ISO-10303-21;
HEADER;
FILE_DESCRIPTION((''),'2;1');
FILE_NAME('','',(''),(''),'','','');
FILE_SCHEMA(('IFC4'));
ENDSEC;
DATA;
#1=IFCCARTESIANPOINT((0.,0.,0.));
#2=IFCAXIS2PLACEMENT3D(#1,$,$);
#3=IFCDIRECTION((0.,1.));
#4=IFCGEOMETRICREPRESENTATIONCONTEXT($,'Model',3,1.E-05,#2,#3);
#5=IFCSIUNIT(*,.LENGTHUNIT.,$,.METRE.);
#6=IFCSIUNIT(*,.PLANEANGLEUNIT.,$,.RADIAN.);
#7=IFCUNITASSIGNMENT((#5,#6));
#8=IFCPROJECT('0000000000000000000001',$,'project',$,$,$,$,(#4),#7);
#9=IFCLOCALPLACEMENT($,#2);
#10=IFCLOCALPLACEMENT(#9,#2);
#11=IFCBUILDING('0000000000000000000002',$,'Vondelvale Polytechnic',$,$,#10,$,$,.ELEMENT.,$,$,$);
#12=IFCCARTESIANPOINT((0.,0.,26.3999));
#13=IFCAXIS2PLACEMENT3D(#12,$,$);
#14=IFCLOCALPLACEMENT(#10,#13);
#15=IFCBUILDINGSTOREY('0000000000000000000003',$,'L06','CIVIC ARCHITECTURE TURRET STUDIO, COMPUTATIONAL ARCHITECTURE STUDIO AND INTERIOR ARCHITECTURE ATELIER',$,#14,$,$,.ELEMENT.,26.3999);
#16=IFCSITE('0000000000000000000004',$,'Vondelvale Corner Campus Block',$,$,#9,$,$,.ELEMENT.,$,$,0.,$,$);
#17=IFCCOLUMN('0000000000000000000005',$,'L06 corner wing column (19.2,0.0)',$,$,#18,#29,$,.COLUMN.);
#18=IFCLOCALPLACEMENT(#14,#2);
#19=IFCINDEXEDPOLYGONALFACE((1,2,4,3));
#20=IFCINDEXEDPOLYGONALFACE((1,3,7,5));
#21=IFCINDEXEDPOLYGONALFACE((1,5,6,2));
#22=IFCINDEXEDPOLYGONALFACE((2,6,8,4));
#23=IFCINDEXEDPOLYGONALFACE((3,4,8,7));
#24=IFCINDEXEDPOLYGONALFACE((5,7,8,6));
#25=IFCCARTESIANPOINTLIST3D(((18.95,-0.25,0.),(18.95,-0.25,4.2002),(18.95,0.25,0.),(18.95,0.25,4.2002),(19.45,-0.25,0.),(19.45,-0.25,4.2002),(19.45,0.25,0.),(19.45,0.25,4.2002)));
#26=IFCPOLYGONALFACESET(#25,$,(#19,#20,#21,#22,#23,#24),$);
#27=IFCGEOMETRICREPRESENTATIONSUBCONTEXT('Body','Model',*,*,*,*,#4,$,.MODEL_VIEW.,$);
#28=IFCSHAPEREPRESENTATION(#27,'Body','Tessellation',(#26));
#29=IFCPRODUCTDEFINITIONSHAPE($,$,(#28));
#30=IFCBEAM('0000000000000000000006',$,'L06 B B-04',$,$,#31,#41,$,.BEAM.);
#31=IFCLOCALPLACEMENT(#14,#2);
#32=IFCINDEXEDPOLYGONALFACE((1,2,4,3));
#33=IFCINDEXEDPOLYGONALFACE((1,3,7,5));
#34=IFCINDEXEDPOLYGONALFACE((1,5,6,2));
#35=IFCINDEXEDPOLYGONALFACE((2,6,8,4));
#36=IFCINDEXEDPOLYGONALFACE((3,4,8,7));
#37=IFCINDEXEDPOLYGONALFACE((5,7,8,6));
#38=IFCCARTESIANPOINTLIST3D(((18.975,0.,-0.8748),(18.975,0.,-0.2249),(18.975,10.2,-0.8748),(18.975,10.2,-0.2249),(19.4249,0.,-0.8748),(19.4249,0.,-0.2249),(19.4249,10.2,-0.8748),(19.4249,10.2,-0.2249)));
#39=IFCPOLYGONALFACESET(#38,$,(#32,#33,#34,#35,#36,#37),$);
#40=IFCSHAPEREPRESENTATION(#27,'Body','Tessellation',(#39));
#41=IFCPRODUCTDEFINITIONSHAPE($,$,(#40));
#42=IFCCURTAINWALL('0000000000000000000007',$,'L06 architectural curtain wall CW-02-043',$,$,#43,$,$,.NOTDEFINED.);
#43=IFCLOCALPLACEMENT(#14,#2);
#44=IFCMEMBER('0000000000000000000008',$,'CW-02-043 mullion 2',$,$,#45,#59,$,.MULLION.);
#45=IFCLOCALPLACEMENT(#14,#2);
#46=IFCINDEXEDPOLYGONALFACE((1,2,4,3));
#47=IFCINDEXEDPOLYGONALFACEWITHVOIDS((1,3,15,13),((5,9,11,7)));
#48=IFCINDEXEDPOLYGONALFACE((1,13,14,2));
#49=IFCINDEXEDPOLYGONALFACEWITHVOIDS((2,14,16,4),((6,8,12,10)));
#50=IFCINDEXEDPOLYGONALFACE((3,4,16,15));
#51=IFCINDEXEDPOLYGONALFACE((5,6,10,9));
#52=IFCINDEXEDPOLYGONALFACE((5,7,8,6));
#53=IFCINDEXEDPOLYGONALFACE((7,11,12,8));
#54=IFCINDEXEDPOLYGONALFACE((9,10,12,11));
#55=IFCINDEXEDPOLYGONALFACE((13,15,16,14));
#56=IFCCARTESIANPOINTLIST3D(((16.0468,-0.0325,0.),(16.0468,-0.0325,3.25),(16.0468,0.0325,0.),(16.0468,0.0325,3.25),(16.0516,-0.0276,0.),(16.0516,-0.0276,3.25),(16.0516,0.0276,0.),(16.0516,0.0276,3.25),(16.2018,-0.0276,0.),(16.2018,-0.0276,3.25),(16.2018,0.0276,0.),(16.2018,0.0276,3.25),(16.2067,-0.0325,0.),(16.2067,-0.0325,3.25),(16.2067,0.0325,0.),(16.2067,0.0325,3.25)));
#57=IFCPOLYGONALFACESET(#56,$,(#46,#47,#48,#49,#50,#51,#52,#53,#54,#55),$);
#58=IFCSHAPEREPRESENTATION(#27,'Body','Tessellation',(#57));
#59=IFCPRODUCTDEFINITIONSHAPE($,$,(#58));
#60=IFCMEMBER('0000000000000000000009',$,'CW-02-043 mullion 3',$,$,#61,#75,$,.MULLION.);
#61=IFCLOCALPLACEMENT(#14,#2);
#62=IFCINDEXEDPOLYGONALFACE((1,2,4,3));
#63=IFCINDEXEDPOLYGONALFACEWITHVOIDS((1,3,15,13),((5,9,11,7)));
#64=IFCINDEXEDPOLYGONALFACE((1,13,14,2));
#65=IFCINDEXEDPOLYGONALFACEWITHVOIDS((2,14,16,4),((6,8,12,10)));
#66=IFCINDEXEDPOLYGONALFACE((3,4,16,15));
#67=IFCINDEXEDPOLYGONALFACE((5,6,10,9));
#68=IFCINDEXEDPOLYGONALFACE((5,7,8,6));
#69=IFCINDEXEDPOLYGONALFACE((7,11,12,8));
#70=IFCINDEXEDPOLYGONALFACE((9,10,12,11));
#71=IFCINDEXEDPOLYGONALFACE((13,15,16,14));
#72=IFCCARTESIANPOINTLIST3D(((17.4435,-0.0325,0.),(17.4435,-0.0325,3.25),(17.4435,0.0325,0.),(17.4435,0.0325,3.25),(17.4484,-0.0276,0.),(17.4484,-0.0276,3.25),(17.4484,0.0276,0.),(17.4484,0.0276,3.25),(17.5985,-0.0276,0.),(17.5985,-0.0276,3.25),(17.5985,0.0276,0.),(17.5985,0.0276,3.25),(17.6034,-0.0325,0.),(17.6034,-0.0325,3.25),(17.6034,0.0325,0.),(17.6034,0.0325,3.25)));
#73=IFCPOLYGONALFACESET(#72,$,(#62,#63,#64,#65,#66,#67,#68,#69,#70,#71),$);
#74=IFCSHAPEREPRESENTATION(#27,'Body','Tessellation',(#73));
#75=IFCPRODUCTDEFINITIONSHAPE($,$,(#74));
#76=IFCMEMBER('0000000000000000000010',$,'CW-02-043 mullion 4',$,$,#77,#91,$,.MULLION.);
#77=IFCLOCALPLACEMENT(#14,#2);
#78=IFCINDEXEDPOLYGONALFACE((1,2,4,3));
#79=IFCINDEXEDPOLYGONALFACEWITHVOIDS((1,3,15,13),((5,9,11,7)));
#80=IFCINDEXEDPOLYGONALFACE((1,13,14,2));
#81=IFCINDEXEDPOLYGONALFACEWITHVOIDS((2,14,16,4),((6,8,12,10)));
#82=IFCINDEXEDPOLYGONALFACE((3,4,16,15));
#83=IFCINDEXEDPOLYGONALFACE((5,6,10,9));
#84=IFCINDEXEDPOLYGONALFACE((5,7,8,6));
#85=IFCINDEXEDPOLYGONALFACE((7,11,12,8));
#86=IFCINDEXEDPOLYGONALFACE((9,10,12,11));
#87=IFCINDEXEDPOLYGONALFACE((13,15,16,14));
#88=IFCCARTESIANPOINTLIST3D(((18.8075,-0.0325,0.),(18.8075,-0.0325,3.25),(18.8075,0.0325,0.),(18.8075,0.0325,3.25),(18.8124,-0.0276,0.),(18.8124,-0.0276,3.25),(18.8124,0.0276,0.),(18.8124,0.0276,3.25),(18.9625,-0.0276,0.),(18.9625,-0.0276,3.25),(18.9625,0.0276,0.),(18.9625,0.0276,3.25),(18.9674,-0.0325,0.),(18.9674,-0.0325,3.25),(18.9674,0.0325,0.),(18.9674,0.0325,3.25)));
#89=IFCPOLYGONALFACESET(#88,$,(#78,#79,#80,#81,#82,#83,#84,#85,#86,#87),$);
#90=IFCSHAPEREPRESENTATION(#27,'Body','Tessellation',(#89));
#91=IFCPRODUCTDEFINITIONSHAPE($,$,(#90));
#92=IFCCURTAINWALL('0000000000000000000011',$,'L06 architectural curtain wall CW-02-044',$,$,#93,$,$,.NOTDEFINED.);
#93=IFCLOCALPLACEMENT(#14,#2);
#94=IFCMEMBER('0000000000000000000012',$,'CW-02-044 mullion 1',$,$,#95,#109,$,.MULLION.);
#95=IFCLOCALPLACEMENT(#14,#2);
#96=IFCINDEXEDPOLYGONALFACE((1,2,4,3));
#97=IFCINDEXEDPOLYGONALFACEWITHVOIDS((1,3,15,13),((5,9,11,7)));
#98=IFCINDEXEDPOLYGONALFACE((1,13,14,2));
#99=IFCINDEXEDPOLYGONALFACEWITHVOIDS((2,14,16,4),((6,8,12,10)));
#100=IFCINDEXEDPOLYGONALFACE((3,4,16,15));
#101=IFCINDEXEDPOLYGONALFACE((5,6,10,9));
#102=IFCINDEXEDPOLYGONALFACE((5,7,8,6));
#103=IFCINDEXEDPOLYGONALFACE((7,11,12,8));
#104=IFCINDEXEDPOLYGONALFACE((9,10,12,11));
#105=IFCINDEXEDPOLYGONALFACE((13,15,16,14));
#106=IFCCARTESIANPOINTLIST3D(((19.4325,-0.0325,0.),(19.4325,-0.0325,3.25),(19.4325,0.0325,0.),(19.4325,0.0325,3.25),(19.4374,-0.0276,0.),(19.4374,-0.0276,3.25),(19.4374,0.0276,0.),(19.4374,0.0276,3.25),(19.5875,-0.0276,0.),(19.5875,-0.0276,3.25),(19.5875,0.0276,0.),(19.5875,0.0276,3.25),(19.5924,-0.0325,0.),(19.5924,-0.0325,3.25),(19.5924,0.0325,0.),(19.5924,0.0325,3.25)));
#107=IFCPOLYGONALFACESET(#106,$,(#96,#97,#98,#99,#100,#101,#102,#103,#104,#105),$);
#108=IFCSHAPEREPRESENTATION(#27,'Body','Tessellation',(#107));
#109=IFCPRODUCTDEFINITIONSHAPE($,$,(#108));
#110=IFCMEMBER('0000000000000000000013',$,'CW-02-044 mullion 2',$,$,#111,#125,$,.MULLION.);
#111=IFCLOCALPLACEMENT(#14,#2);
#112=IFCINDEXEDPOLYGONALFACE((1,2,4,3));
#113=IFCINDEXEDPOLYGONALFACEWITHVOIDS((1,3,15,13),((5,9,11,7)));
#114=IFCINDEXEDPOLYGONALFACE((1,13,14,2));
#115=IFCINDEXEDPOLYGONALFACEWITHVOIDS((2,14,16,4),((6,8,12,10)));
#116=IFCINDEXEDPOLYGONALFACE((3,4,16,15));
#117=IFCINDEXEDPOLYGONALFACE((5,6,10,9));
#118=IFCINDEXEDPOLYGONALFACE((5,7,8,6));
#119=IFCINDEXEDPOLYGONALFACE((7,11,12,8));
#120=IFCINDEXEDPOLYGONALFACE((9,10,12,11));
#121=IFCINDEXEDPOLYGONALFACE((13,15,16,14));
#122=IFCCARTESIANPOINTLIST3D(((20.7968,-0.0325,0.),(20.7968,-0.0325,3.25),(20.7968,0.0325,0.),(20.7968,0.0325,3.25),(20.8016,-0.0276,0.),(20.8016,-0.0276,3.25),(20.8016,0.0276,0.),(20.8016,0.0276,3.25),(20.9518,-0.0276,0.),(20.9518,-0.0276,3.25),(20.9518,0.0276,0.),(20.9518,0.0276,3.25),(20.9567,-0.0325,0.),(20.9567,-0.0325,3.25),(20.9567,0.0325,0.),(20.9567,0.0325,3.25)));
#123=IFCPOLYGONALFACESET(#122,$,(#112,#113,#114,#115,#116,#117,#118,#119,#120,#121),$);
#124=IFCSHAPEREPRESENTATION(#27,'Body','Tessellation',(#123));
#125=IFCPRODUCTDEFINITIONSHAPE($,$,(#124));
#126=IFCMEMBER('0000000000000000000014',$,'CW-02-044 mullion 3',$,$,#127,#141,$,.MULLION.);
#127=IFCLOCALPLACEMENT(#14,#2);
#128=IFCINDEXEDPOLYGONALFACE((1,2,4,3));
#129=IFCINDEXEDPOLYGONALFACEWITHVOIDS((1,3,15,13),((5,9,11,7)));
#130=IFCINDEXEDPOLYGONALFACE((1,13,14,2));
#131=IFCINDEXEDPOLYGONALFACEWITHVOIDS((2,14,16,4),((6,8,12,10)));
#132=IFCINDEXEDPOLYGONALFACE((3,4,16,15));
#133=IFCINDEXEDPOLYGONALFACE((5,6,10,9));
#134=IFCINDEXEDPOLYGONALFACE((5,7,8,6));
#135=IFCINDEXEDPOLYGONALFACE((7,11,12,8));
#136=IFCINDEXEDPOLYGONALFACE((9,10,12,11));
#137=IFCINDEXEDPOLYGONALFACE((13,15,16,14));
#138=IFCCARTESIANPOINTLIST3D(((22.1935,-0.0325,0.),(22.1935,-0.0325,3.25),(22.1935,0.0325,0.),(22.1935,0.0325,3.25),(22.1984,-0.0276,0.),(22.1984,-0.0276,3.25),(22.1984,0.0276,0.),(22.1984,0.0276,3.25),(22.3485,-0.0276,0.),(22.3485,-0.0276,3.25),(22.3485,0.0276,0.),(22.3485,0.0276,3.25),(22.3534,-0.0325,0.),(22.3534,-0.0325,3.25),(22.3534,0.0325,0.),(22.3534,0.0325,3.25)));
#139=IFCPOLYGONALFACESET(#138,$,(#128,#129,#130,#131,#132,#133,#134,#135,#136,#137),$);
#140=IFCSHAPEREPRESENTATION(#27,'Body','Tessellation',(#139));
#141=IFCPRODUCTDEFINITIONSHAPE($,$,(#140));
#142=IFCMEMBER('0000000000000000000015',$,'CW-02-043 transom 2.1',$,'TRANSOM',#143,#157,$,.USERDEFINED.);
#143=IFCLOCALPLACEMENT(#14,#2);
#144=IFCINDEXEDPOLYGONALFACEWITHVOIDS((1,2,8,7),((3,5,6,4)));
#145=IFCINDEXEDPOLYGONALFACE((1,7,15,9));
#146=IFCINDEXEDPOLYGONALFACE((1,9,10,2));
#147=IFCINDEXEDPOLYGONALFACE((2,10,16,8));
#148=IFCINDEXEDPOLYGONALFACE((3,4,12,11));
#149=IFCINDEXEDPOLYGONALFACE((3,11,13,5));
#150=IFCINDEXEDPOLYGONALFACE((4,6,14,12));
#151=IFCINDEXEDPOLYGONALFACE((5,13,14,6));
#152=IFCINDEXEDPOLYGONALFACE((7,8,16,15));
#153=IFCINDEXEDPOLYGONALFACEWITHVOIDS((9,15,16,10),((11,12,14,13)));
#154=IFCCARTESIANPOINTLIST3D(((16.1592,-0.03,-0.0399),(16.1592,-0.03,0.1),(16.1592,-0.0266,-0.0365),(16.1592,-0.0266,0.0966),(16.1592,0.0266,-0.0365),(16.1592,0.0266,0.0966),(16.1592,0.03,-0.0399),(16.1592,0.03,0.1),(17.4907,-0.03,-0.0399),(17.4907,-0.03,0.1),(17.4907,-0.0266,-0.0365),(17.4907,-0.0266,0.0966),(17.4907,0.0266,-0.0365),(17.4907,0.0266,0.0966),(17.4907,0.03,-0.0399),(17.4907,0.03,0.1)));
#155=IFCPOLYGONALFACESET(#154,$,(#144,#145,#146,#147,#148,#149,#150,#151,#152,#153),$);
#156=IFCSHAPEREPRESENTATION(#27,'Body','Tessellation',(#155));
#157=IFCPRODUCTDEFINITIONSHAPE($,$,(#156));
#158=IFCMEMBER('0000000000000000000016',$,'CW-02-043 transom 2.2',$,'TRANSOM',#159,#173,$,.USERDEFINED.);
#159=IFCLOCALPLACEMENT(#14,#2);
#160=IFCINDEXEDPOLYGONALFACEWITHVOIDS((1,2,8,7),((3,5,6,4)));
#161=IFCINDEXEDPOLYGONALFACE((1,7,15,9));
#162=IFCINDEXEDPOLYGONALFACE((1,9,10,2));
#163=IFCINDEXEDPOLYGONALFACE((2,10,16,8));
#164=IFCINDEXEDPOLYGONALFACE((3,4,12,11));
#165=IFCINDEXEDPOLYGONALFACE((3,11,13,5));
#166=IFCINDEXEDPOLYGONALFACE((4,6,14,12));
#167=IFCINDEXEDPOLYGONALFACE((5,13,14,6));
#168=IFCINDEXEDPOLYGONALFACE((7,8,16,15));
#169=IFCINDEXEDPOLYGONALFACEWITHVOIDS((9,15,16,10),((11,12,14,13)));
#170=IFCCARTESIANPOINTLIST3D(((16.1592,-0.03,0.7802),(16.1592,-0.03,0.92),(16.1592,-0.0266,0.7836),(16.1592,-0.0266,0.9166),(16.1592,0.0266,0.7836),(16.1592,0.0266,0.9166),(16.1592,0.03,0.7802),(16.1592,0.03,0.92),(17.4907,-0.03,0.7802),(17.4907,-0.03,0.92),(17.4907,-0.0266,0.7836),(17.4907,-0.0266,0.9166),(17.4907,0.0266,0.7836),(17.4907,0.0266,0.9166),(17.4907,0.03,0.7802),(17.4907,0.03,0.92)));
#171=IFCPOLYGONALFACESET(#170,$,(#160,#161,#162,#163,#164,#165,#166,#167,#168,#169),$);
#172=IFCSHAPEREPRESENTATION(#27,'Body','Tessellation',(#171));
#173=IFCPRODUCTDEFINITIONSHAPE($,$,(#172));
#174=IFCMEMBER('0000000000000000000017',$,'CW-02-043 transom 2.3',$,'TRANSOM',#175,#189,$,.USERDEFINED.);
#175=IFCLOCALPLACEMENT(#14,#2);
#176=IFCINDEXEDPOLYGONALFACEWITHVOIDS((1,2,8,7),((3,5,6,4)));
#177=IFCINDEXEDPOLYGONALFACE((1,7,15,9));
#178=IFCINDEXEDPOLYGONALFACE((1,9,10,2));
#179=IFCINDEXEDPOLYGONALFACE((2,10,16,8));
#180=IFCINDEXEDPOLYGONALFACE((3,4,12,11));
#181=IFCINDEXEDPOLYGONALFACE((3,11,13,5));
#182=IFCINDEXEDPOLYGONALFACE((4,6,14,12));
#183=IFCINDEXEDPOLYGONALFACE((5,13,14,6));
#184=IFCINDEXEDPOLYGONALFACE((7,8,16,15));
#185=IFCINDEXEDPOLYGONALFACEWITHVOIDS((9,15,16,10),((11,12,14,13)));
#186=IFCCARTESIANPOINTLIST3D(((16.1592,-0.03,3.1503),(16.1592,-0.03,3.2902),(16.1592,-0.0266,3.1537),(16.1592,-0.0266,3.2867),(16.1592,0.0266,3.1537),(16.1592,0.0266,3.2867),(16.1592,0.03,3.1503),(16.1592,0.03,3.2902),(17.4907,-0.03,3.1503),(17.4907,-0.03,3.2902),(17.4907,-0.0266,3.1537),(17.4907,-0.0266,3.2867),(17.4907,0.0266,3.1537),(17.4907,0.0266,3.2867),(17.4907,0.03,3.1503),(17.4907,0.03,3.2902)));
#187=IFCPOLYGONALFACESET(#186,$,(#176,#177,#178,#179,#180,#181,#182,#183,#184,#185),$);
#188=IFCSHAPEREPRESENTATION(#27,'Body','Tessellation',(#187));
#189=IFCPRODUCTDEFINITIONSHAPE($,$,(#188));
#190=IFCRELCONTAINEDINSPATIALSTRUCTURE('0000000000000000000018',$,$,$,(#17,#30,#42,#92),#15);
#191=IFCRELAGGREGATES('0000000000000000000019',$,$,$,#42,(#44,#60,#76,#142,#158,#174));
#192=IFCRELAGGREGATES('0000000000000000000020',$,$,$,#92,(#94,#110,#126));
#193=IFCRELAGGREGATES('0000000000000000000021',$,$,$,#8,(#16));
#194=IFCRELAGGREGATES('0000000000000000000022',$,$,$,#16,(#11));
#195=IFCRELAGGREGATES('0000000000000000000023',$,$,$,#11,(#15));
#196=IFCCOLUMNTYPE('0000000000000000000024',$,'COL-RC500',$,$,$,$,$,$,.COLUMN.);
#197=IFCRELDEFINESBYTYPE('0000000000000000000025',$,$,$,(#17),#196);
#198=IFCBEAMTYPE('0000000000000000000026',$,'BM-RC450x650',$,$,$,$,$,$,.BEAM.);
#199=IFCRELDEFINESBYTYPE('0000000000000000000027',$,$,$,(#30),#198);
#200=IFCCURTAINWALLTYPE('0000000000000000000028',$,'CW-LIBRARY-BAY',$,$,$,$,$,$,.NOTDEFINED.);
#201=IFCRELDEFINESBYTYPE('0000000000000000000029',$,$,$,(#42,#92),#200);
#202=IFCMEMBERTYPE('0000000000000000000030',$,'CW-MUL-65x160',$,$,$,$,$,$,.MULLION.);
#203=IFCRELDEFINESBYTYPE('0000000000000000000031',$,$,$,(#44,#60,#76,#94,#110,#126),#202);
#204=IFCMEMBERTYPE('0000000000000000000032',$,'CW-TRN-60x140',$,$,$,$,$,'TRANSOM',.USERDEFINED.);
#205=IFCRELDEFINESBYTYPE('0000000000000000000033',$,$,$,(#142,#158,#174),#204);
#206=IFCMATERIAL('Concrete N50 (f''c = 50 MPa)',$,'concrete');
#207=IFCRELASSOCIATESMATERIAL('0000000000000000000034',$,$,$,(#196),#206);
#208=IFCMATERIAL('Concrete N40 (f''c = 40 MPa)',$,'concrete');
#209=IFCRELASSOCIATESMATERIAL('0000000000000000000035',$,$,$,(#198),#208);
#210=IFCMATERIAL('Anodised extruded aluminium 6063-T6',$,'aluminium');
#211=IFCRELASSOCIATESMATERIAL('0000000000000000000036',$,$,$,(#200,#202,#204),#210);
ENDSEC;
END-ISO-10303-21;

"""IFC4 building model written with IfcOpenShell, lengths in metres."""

from ifc_helpers import new_model, si_unit, direction, frame, origin, origin_2d, place, context, subcontext, project, spatial, rectangle, hollow_rectangle, extrude, material, material_profile, profile_set, type_object, element, aggregate, save


model = new_model("IFC4")

# Units and contexts
model_context = context("Model", 3, precision=1e-05, world=origin(), true_north=direction((0.0, 1.0)))
body_context = subcontext(model_context, "Body", "Model", "MODEL_VIEW")
ifc_project = project(units=[si_unit("LENGTHUNIT", "METRE"), si_unit("PLANEANGLEUNIT", "RADIAN")], contexts=[model_context])

# Site, building, storey
site_placement = place(None, origin())
site = spatial("IfcSite", under=ifc_project, at=site_placement, Name="Vondelvale Corner Campus Block", CompositionType="ELEMENT", RefElevation=0.0)
building_placement = place(site_placement, origin())
building = spatial("IfcBuilding", under=site, at=building_placement, Name="Vondelvale Polytechnic", CompositionType="ELEMENT")
storey_placement = place(building_placement, frame((0.0, 0.0, 26.3999)))
storey = spatial("IfcBuildingStorey", under=building, at=storey_placement, Name="L06", Description="CIVIC ARCHITECTURE TURRET STUDIO, COMPUTATIONAL ARCHITECTURE STUDIO AND INTERIOR ARCHITECTURE ATELIER", CompositionType="ELEMENT", Elevation=26.3999)

# Column
ifc_material_1 = material(Name="Concrete N50 (f'c = 50 MPa)", Category="concrete")
ifc_material_profile_1 = material_profile(ifc_material_1, rectangle(XDim=0.5, YDim=0.5, at=origin_2d()), Name="RC-COL-500x500")
ifc_profile_set_1 = profile_set([ifc_material_profile_1], Name="Concrete N50 (f'c = 50 MPa)")
column_type = type_object("IfcColumnType", Name="COL-RC500", PredefinedType="COLUMN", material=ifc_profile_set_1)
column_placement = place(storey_placement, frame((19.2, 0.0, 0.0), z_axis=(0.0, 0.0, 1.0), x_axis=(1.0, 0.0, 0.0)))
element("IfcColumn", 1, at=column_placement, inside=storey, type_object=column_type, Name="L06 corner wing column (19.2,0.0)", PredefinedType="COLUMN", context=body_context, shape_type="SweptSolid", body=[
    extrude(rectangle(XDim=0.5, YDim=0.5, at=origin_2d()), origin(), (0.0, 0.0, 1.0), 4.2002),
])

# Beam
ifc_material_2 = material(Name="Concrete N40 (f'c = 40 MPa)", Category="concrete")
ifc_material_profile_2 = material_profile(ifc_material_2, rectangle(XDim=0.45, YDim=0.6499, at=origin_2d()), Name="RC-BM-450x650")
ifc_profile_set_2 = profile_set([ifc_material_profile_2], Name="Concrete N40 (f'c = 40 MPa)")
beam_type_1 = type_object("IfcBeamType", Name="BM-RC450x650", PredefinedType="BEAM", material=ifc_profile_set_2)
beam_1_placement = place(storey_placement, frame((19.2, 0.0, -0.5498), z_axis=(0.0, 1.0, 0.0), x_axis=(-1.0, 0.0, 0.0)))
element("IfcBeam", 2, at=beam_1_placement, inside=storey, type_object=beam_type_1, Name="L06 B B-04", PredefinedType="BEAM", context=body_context, shape_type="SweptSolid", body=[
    extrude(rectangle(XDim=0.45, YDim=0.6499, at=origin_2d()), origin(), (0.0, 0.0, 1.0), 10.2),
])

# Curtain walls, members
ifc_material_3 = material(Name="Anodised extruded aluminium 6063-T6", Category="aluminium")
curtain_wall_type = type_object("IfcCurtainWallType", Name="CW-LIBRARY-BAY", PredefinedType="NOTDEFINED", material=ifc_material_3)
curtain_wall_1_placement = place(storey_placement, origin())
curtain_wall_1 = element("IfcCurtainWall", 3, at=curtain_wall_1_placement, inside=storey, type_object=curtain_wall_type, Name="L06 architectural curtain wall CW-02-043", PredefinedType="NOTDEFINED")
ifc_material_profile_3 = material_profile(ifc_material_3, hollow_rectangle(XDim=0.0649, YDim=0.1599, WallThickness=0.0049, at=origin_2d()), Name="CW-MUL-160x65")
ifc_profile_set_3 = profile_set([ifc_material_profile_3], Name="Anodised extruded aluminium 6063-T6")
member_type_1 = type_object("IfcMemberType", Name="CW-MUL-65x160", PredefinedType="MULLION", material=ifc_profile_set_3)
member_1_placement = place(storey_placement, frame((16.1267, 0.0, 0.0), z_axis=(0.0, 0.0, 1.0), x_axis=(0.0, 1.0, 0.0)))
member_1 = element("IfcMember", 4, at=member_1_placement, type_object=member_type_1, Name="CW-02-043 mullion 2", PredefinedType="MULLION", context=body_context, shape_type="SweptSolid", body=[
    extrude(hollow_rectangle(XDim=0.0649, YDim=0.1599, WallThickness=0.0049, at=origin_2d()), origin(), (0.0, 0.0, 1.0), 3.25),
])
member_2_placement = place(storey_placement, frame((17.5234, 0.0, 0.0), z_axis=(0.0, 0.0, 1.0), x_axis=(0.0, 1.0, 0.0)))
member_2 = element("IfcMember", 5, at=member_2_placement, type_object=member_type_1, Name="CW-02-043 mullion 3", PredefinedType="MULLION", context=body_context, shape_type="SweptSolid", body=[
    extrude(hollow_rectangle(XDim=0.0649, YDim=0.1599, WallThickness=0.0049, at=origin_2d()), origin(), (0.0, 0.0, 1.0), 3.25),
])
member_3_placement = place(storey_placement, frame((18.8875, 0.0, 0.0), z_axis=(0.0, 0.0, 1.0), x_axis=(0.0, 1.0, 0.0)))
member_3 = element("IfcMember", 6, at=member_3_placement, type_object=member_type_1, Name="CW-02-043 mullion 4", PredefinedType="MULLION", context=body_context, shape_type="SweptSolid", body=[
    extrude(hollow_rectangle(XDim=0.0649, YDim=0.1599, WallThickness=0.0049, at=origin_2d()), origin(), (0.0, 0.0, 1.0), 3.25),
])
curtain_wall_2_placement = place(storey_placement, origin())
curtain_wall_2 = element("IfcCurtainWall", 7, at=curtain_wall_2_placement, inside=storey, type_object=curtain_wall_type, Name="L06 architectural curtain wall CW-02-044", PredefinedType="NOTDEFINED")
member_4_placement = place(storey_placement, frame((19.5125, 0.0, 0.0), z_axis=(0.0, 0.0, 1.0), x_axis=(0.0, 1.0, 0.0)))
member_4 = element("IfcMember", 8, at=member_4_placement, type_object=member_type_1, Name="CW-02-044 mullion 1", PredefinedType="MULLION", context=body_context, shape_type="SweptSolid", body=[
    extrude(hollow_rectangle(XDim=0.0649, YDim=0.1599, WallThickness=0.0049, at=origin_2d()), origin(), (0.0, 0.0, 1.0), 3.25),
])
member_5_placement = place(storey_placement, frame((20.8767, 0.0, 0.0), z_axis=(0.0, 0.0, 1.0), x_axis=(0.0, 1.0, 0.0)))
member_5 = element("IfcMember", 9, at=member_5_placement, type_object=member_type_1, Name="CW-02-044 mullion 2", PredefinedType="MULLION", context=body_context, shape_type="SweptSolid", body=[
    extrude(hollow_rectangle(XDim=0.0649, YDim=0.1599, WallThickness=0.0049, at=origin_2d()), origin(), (0.0, 0.0, 1.0), 3.25),
])
member_6_placement = place(storey_placement, frame((22.2734, 0.0, 0.0), z_axis=(0.0, 0.0, 1.0), x_axis=(0.0, 1.0, 0.0)))
member_6 = element("IfcMember", 10, at=member_6_placement, type_object=member_type_1, Name="CW-02-044 mullion 3", PredefinedType="MULLION", context=body_context, shape_type="SweptSolid", body=[
    extrude(hollow_rectangle(XDim=0.0649, YDim=0.1599, WallThickness=0.0049, at=origin_2d()), origin(), (0.0, 0.0, 1.0), 3.25),
])

# Members
ifc_material_profile_4 = material_profile(ifc_material_3, hollow_rectangle(XDim=0.0601, YDim=0.1399, WallThickness=0.0034, at=origin_2d()), Name="CW-TRN-140x60")
ifc_profile_set_4 = profile_set([ifc_material_profile_4], Name="Anodised extruded aluminium 6063-T6")
member_type_2 = type_object("IfcMemberType", Name="CW-TRN-60x140", ElementType="TRANSOM", PredefinedType="USERDEFINED", material=ifc_profile_set_4)
member_7_placement = place(storey_placement, frame((16.1592, 0.0, 0.03), z_axis=(1.0, 0.0, 0.0), x_axis=(0.0, 1.0, 0.0)))
member_7 = element("IfcMember", 11, at=member_7_placement, type_object=member_type_2, Name="CW-02-043 transom 2.1", ObjectType="TRANSOM", PredefinedType="USERDEFINED", context=body_context, shape_type="SweptSolid", body=[
    extrude(hollow_rectangle(XDim=0.0601, YDim=0.1399, WallThickness=0.0034, at=origin_2d()), origin(), (0.0, 0.0, 1.0), 1.3315),
])
member_8_placement = place(storey_placement, frame((16.1592, 0.0, 0.8501), z_axis=(1.0, 0.0, 0.0), x_axis=(0.0, 1.0, 0.0)))
member_8 = element("IfcMember", 12, at=member_8_placement, type_object=member_type_2, Name="CW-02-043 transom 2.2", ObjectType="TRANSOM", PredefinedType="USERDEFINED", context=body_context, shape_type="SweptSolid", body=[
    extrude(hollow_rectangle(XDim=0.0601, YDim=0.1399, WallThickness=0.0034, at=origin_2d()), origin(), (0.0, 0.0, 1.0), 1.3315),
])
member_9_placement = place(storey_placement, frame((16.1592, 0.0, 3.2202), z_axis=(1.0, 0.0, 0.0), x_axis=(0.0, 1.0, 0.0)))
member_9 = element("IfcMember", 13, at=member_9_placement, type_object=member_type_2, Name="CW-02-043 transom 2.3", ObjectType="TRANSOM", PredefinedType="USERDEFINED", context=body_context, shape_type="SweptSolid", body=[
    extrude(hollow_rectangle(XDim=0.0601, YDim=0.1399, WallThickness=0.0034, at=origin_2d()), origin(), (0.0, 0.0, 1.0), 1.3315),
])

aggregate(curtain_wall_1, [member_1, member_2, member_3, member_7, member_8, member_9])
aggregate(curtain_wall_2, [member_4, member_5, member_6])

save(model, "model.ifc")
